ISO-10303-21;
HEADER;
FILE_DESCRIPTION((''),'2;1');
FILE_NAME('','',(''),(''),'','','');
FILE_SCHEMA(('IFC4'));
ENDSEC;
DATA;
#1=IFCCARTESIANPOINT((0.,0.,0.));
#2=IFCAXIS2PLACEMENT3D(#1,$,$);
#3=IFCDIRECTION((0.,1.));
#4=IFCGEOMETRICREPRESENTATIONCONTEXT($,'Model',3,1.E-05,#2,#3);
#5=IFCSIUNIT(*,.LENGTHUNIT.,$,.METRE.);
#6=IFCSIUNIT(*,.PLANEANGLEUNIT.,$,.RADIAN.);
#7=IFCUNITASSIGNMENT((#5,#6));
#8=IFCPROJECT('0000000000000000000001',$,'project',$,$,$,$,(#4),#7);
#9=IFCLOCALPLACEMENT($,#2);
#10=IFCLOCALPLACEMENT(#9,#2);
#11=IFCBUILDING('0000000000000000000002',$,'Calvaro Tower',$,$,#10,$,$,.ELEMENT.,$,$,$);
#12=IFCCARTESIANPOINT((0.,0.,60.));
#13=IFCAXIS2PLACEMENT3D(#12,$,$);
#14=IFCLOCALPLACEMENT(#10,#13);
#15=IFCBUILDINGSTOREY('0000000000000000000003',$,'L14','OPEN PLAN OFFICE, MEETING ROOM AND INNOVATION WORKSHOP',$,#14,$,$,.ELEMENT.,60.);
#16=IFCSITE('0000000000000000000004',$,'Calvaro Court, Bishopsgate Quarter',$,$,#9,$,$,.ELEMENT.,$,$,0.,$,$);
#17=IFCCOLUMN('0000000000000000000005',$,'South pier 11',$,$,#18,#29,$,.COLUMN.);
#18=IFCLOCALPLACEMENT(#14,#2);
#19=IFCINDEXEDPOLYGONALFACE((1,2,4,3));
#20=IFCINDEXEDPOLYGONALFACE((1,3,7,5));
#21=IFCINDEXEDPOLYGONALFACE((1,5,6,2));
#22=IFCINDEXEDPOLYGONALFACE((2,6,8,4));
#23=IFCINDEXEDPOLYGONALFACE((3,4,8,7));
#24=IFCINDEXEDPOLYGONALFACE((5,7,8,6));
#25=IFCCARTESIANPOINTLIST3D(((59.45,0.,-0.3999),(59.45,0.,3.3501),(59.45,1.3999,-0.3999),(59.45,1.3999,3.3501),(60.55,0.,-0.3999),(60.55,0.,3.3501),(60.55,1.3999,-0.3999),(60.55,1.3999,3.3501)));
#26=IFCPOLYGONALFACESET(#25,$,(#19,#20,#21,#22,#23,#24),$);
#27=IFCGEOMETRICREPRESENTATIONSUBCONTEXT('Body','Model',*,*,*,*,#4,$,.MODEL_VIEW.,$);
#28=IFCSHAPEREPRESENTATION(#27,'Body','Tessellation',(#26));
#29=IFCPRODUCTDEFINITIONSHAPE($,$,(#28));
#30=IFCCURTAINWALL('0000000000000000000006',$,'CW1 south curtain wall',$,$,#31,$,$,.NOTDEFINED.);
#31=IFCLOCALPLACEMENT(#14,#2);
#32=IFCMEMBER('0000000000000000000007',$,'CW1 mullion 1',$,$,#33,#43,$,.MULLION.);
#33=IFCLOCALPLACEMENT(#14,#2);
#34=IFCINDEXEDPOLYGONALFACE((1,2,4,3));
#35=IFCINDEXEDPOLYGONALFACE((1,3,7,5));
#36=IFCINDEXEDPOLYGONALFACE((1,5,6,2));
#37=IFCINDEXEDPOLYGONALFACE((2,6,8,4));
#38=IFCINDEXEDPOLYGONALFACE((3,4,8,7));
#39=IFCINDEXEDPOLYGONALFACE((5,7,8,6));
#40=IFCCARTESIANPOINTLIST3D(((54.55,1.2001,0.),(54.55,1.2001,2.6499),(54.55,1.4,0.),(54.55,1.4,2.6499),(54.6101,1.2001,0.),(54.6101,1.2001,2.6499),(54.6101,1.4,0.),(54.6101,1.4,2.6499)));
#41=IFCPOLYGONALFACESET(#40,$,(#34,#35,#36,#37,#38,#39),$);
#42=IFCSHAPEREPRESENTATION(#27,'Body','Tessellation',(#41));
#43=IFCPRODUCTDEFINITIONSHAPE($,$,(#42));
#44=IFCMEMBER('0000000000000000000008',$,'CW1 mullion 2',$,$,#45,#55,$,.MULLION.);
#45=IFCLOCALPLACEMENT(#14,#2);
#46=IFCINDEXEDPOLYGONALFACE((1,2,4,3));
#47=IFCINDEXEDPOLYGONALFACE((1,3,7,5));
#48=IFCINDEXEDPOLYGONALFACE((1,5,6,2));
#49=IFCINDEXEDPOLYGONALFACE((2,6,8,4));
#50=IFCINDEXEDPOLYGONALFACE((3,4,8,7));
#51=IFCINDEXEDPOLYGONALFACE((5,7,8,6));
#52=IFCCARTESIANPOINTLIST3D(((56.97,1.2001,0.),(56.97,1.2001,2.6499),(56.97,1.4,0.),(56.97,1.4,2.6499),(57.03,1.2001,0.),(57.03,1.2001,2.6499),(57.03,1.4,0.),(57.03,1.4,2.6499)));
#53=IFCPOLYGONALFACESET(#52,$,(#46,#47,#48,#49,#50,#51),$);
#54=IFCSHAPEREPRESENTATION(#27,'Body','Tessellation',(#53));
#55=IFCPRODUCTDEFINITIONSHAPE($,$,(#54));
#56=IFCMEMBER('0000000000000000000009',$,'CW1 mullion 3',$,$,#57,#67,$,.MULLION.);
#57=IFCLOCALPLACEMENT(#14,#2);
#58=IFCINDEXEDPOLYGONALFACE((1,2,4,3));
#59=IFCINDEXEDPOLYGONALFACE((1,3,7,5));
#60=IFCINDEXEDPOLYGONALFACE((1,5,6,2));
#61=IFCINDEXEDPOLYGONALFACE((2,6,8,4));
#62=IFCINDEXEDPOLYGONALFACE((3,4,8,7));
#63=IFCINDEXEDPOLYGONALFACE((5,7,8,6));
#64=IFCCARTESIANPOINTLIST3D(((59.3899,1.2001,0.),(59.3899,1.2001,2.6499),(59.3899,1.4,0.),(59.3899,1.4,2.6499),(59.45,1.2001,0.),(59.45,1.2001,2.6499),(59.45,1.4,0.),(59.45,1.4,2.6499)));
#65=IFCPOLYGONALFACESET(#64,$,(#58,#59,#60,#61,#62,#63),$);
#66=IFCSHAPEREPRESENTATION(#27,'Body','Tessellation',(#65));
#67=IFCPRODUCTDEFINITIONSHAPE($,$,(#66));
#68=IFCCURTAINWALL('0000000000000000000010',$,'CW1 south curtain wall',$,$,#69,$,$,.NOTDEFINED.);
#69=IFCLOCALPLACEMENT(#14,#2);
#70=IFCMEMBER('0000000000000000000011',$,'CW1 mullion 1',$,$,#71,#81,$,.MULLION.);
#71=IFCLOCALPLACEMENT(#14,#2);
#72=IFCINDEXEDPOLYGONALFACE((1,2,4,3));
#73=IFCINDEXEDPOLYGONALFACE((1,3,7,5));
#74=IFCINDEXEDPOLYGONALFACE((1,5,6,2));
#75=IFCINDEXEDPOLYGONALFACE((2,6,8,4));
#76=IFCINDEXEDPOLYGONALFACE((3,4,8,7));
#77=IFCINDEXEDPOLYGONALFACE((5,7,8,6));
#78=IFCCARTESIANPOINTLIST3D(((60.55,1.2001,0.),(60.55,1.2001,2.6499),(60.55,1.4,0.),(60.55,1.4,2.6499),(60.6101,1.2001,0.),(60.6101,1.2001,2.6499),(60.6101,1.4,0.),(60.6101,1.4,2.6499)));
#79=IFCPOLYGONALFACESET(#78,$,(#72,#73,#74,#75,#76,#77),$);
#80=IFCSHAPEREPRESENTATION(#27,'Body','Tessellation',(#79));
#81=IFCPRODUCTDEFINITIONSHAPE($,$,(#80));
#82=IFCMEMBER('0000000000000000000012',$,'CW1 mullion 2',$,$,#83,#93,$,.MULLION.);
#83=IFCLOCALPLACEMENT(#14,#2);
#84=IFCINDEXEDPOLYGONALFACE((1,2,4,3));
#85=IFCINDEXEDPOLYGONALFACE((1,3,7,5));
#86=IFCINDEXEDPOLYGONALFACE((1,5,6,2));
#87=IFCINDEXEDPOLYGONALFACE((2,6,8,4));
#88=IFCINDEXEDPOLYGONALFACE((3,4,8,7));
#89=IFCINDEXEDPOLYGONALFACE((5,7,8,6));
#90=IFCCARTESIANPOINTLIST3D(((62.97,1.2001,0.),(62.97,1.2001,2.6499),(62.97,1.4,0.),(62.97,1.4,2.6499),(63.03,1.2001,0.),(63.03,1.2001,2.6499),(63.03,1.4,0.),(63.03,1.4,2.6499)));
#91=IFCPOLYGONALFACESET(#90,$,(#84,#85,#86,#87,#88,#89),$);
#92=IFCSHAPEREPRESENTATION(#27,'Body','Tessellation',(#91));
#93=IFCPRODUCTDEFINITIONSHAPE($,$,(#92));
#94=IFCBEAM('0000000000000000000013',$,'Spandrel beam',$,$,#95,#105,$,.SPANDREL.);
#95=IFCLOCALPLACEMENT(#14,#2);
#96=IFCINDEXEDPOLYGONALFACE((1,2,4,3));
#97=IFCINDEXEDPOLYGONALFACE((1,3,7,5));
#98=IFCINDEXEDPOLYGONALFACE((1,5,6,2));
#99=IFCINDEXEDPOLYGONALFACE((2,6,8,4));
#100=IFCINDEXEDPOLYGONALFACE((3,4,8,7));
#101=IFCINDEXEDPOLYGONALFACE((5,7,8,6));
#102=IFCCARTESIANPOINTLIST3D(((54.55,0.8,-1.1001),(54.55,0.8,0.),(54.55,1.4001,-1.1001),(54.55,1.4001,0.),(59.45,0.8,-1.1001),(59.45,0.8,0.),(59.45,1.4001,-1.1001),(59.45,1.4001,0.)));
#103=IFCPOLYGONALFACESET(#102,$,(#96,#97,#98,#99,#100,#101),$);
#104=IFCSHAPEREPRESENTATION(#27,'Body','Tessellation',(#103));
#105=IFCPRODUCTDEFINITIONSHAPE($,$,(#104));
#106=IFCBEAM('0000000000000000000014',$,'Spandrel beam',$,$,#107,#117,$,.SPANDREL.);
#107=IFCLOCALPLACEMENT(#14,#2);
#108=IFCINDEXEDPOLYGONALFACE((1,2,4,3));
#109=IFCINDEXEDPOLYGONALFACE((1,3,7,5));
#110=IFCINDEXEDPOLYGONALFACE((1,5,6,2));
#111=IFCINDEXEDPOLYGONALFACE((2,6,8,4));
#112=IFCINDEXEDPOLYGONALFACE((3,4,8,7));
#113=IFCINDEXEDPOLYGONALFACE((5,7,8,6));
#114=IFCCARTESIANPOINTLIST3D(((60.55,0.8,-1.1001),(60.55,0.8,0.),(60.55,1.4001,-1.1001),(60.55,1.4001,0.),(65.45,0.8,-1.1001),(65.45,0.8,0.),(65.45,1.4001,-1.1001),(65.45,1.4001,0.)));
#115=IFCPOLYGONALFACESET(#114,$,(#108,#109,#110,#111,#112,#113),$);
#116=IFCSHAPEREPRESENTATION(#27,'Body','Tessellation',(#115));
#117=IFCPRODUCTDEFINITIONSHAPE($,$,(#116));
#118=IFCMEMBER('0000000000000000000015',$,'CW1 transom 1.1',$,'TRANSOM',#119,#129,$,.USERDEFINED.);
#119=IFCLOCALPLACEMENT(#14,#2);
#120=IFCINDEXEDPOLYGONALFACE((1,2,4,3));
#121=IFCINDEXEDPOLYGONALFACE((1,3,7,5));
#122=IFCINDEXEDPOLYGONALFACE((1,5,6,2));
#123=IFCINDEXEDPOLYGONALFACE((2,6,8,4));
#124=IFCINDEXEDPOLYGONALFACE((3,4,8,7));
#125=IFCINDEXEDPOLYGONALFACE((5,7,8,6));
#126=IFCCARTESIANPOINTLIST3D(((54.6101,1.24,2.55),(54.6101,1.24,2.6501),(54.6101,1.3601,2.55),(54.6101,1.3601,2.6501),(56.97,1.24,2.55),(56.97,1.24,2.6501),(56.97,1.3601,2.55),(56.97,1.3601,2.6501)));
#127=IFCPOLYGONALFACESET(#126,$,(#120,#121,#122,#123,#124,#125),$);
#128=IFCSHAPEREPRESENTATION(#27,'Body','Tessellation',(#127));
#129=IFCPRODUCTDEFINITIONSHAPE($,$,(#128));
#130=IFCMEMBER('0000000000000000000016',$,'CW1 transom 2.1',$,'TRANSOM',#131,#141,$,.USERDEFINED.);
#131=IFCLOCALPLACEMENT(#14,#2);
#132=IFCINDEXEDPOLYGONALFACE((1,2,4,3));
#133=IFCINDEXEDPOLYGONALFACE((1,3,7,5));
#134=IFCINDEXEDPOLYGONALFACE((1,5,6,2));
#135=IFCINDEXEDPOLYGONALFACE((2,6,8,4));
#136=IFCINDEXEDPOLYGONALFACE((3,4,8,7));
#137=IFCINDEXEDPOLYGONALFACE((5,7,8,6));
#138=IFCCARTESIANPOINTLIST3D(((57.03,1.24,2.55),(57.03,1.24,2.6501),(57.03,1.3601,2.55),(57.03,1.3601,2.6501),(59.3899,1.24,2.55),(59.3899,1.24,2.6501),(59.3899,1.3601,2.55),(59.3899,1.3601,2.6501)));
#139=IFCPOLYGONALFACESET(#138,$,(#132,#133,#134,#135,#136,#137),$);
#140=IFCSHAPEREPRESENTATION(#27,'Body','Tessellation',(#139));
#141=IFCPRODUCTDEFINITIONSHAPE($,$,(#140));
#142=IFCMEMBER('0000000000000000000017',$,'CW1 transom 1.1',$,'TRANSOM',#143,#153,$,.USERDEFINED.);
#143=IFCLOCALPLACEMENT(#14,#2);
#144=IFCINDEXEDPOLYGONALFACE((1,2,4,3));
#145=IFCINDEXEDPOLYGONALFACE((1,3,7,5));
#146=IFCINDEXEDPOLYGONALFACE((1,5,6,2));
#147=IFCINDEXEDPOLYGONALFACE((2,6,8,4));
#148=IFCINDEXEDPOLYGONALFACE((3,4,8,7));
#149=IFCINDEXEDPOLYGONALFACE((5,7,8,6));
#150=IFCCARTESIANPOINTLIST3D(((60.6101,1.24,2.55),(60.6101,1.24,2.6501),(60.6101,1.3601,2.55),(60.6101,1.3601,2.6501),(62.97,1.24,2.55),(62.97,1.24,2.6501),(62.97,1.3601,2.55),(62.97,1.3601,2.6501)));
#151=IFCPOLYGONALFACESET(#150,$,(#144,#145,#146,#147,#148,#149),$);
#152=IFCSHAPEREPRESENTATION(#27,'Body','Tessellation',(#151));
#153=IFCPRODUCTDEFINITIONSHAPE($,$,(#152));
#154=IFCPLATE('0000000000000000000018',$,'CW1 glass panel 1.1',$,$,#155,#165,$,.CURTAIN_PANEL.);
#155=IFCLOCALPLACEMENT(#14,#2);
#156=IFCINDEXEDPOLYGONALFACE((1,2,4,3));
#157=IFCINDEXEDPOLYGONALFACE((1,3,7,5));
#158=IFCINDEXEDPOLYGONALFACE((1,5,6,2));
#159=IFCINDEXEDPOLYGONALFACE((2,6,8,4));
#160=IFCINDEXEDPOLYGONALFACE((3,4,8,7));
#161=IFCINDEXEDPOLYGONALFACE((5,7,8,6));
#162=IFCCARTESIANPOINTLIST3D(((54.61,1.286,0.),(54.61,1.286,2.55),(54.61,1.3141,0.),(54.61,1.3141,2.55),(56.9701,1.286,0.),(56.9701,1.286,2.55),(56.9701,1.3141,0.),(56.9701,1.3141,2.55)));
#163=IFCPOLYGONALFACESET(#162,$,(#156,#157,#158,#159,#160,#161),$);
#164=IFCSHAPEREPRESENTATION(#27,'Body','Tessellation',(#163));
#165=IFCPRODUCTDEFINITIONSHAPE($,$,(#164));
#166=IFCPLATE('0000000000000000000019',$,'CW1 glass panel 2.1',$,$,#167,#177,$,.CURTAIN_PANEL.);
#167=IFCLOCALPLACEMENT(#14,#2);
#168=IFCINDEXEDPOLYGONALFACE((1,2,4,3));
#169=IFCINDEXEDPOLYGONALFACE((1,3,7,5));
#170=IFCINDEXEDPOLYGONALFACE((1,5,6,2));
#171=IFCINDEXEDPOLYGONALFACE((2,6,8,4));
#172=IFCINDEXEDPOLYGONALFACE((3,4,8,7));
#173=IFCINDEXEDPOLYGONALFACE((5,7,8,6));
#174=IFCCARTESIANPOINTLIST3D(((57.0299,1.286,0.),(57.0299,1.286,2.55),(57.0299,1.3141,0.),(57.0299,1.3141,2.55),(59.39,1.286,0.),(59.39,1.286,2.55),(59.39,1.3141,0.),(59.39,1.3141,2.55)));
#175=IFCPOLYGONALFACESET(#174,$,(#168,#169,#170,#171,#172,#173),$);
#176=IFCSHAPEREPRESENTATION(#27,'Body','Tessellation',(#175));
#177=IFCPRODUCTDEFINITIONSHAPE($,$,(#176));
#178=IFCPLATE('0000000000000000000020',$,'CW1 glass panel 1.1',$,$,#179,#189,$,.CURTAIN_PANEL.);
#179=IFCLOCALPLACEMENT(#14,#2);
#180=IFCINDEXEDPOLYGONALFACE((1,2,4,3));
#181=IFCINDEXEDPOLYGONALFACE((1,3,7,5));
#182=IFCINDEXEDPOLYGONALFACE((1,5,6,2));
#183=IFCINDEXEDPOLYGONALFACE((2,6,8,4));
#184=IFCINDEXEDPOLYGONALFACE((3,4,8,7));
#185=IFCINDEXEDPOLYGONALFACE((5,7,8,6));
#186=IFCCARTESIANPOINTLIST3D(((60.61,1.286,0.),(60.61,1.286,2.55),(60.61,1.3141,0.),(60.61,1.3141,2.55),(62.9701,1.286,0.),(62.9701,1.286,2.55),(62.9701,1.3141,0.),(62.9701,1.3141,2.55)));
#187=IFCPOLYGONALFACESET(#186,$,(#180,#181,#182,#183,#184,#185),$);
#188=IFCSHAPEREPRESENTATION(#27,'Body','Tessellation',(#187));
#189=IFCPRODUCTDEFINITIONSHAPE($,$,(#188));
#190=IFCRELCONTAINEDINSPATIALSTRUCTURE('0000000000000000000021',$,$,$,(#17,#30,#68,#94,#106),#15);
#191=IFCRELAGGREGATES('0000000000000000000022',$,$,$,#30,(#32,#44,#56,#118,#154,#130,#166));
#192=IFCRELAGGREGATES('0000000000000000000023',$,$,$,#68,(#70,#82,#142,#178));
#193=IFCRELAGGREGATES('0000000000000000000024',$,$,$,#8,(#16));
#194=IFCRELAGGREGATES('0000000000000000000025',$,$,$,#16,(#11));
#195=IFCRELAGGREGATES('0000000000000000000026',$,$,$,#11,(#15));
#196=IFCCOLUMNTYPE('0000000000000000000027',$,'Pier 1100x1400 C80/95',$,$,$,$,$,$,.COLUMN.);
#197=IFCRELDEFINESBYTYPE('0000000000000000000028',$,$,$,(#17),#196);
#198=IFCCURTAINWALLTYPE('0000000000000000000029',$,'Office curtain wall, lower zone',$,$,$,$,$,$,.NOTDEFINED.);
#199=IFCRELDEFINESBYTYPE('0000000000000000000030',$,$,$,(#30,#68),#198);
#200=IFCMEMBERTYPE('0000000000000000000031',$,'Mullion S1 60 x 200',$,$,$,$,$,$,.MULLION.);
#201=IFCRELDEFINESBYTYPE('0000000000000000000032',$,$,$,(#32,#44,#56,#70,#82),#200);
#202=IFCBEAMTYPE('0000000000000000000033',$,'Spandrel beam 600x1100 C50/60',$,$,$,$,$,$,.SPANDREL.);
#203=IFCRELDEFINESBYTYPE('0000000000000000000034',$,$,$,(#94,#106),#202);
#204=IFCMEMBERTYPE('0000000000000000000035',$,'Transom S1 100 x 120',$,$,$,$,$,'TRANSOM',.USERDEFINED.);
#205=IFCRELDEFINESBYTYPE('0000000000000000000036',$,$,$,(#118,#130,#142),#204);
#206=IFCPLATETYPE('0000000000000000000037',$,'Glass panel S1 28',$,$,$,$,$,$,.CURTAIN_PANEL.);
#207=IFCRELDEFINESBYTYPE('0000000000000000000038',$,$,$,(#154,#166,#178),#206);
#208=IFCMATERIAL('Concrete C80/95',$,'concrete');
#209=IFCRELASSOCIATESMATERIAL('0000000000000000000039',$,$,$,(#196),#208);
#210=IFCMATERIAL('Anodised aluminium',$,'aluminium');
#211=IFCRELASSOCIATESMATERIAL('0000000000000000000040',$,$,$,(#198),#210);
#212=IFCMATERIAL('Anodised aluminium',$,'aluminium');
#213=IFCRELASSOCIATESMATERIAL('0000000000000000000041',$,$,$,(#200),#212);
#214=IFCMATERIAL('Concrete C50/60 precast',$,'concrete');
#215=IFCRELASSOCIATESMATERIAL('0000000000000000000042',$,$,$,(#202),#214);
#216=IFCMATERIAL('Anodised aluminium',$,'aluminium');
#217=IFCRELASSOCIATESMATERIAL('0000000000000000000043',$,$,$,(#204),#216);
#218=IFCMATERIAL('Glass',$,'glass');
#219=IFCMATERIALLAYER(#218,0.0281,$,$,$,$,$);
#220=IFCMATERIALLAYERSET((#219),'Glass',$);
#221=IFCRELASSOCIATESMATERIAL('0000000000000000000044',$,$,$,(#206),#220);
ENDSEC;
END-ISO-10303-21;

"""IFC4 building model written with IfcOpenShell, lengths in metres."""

from ifc_helpers import new_model, si_unit, direction, frame, origin, origin_2d, place, context, subcontext, project, spatial, rectangle, extrude, material, layer, layer_set, material_profile, profile_set, type_object, element, aggregate, save


model = new_model("IFC4")

# Units and contexts
model_context = context("Model", 3, precision=1e-05, world=origin(), true_north=direction((0.0, 1.0)))
body_context = subcontext(model_context, "Body", "Model", "MODEL_VIEW")
ifc_project = project(units=[si_unit("LENGTHUNIT", "METRE"), si_unit("PLANEANGLEUNIT", "RADIAN")], contexts=[model_context])

# Site, building, storey
site_placement = place(None, origin())
site = spatial("IfcSite", under=ifc_project, at=site_placement, Name="Calvaro Court, Bishopsgate Quarter", CompositionType="ELEMENT", RefElevation=0.0)
building_placement = place(site_placement, origin())
building = spatial("IfcBuilding", under=site, at=building_placement, Name="Calvaro Tower", CompositionType="ELEMENT")
storey_placement = place(building_placement, frame((0.0, 0.0, 60.0)))
storey = spatial("IfcBuildingStorey", under=building, at=storey_placement, Name="L14", Description="OPEN PLAN OFFICE, MEETING ROOM AND INNOVATION WORKSHOP", CompositionType="ELEMENT", Elevation=60.0)

# Column
ifc_material_1 = material(Name="Concrete C80/95", Category="concrete")
ifc_material_profile_1 = material_profile(ifc_material_1, rectangle(XDim=1.1001, YDim=1.3999, at=origin_2d()), Name="RC 1100x1400")
ifc_profile_set_1 = profile_set([ifc_material_profile_1], Name="Concrete C80/95")
column_type = type_object("IfcColumnType", Name="Pier 1100x1400 C80/95", PredefinedType="COLUMN", material=ifc_profile_set_1)
column_placement = place(storey_placement, frame((60.0, 0.7, -0.3999), z_axis=(0.0, 0.0, 1.0), x_axis=(1.0, 0.0, 0.0)))
element("IfcColumn", 1, at=column_placement, inside=storey, type_object=column_type, Name="South pier 11", PredefinedType="COLUMN", context=body_context, shape_type="SweptSolid", body=[
    extrude(rectangle(XDim=1.1001, YDim=1.3999, at=origin_2d()), origin(), (0.0, 0.0, 1.0), 3.75),
])

# Curtain walls, members
ifc_material_2 = material(Name="Anodised aluminium", Category="aluminium")
curtain_wall_type = type_object("IfcCurtainWallType", Name="Office curtain wall, lower zone", PredefinedType="NOTDEFINED", material=ifc_material_2)
curtain_wall_1_placement = place(storey_placement, origin())
curtain_wall_1 = element("IfcCurtainWall", 2, at=curtain_wall_1_placement, inside=storey, type_object=curtain_wall_type, Name="CW1 south curtain wall", PredefinedType="NOTDEFINED")
ifc_material_3 = material(Name="Anodised aluminium", Category="aluminium")
ifc_material_profile_2 = material_profile(ifc_material_3, rectangle(XDim=0.2, YDim=0.0601, at=origin_2d()), Name="Mullion S1 60 x 200")
ifc_profile_set_2 = profile_set([ifc_material_profile_2], Name="Anodised aluminium")
member_type_1 = type_object("IfcMemberType", Name="Mullion S1 60 x 200", PredefinedType="MULLION", material=ifc_profile_set_2)
member_1_placement = place(storey_placement, frame((54.5801, 1.3, 0.0), z_axis=(0.0, 0.0, 1.0), x_axis=(0.0, 1.0, 0.0)))
member_1 = element("IfcMember", 3, at=member_1_placement, type_object=member_type_1, Name="CW1 mullion 1", PredefinedType="MULLION", context=body_context, shape_type="SweptSolid", body=[
    extrude(rectangle(XDim=0.2, YDim=0.0601, at=origin_2d()), origin(), (0.0, 0.0, 1.0), 2.6499),
])
member_2_placement = place(storey_placement, frame((57.0, 1.3, 0.0), z_axis=(0.0, 0.0, 1.0), x_axis=(0.0, 1.0, 0.0)))
member_2 = element("IfcMember", 4, at=member_2_placement, type_object=member_type_1, Name="CW1 mullion 2", PredefinedType="MULLION", context=body_context, shape_type="SweptSolid", body=[
    extrude(rectangle(XDim=0.2, YDim=0.0601, at=origin_2d()), origin(), (0.0, 0.0, 1.0), 2.6499),
])
member_3_placement = place(storey_placement, frame((59.4199, 1.3, 0.0), z_axis=(0.0, 0.0, 1.0), x_axis=(0.0, 1.0, 0.0)))
member_3 = element("IfcMember", 5, at=member_3_placement, type_object=member_type_1, Name="CW1 mullion 3", PredefinedType="MULLION", context=body_context, shape_type="SweptSolid", body=[
    extrude(rectangle(XDim=0.2, YDim=0.0601, at=origin_2d()), origin(), (0.0, 0.0, 1.0), 2.6499),
])
curtain_wall_2_placement = place(storey_placement, origin())
curtain_wall_2 = element("IfcCurtainWall", 6, at=curtain_wall_2_placement, inside=storey, type_object=curtain_wall_type, Name="CW1 south curtain wall", PredefinedType="NOTDEFINED")
member_4_placement = place(storey_placement, frame((60.5801, 1.3, 0.0), z_axis=(0.0, 0.0, 1.0), x_axis=(0.0, 1.0, 0.0)))
member_4 = element("IfcMember", 7, at=member_4_placement, type_object=member_type_1, Name="CW1 mullion 1", PredefinedType="MULLION", context=body_context, shape_type="SweptSolid", body=[
    extrude(rectangle(XDim=0.2, YDim=0.0601, at=origin_2d()), origin(), (0.0, 0.0, 1.0), 2.6499),
])
member_5_placement = place(storey_placement, frame((63.0, 1.3, 0.0), z_axis=(0.0, 0.0, 1.0), x_axis=(0.0, 1.0, 0.0)))
member_5 = element("IfcMember", 8, at=member_5_placement, type_object=member_type_1, Name="CW1 mullion 2", PredefinedType="MULLION", context=body_context, shape_type="SweptSolid", body=[
    extrude(rectangle(XDim=0.2, YDim=0.0601, at=origin_2d()), origin(), (0.0, 0.0, 1.0), 2.6499),
])

# Beams
ifc_material_4 = material(Name="Concrete C50/60 precast", Category="concrete")
ifc_material_profile_3 = material_profile(ifc_material_4, rectangle(XDim=0.6001, YDim=1.1001, at=origin_2d()), Name="RC 600x1100")
ifc_profile_set_3 = profile_set([ifc_material_profile_3], Name="Concrete C50/60 precast")
beam_type = type_object("IfcBeamType", Name="Spandrel beam 600x1100 C50/60", PredefinedType="SPANDREL", material=ifc_profile_set_3)
for number, where, z_axis, x_axis, name in (
    (9, (54.55, 1.1001, -0.55), (1.0, 0.0, 0.0), (0.0, 1.0, 0.0), "Spandrel beam"),
    (10, (60.55, 1.1001, -0.55), (1.0, 0.0, 0.0), (0.0, 1.0, 0.0), "Spandrel beam"),
):
    element("IfcBeam", number, at=place(storey_placement, frame(where, z_axis=z_axis, x_axis=x_axis)), inside=storey, type_object=beam_type, Name=name, PredefinedType="SPANDREL", context=body_context, shape_type="SweptSolid", body=[
        extrude(rectangle(XDim=0.6001, YDim=1.1001, at=origin_2d()), origin(), (0.0, 0.0, 1.0), 4.8999),
    ])

# Members
ifc_material_5 = material(Name="Anodised aluminium", Category="aluminium")
ifc_material_profile_4 = material_profile(ifc_material_5, rectangle(XDim=0.1201, YDim=0.1001, at=origin_2d()), Name="Transom S1 100 x 120")
ifc_profile_set_4 = profile_set([ifc_material_profile_4], Name="Anodised aluminium")
member_type_2 = type_object("IfcMemberType", Name="Transom S1 100 x 120", ElementType="TRANSOM", PredefinedType="USERDEFINED", material=ifc_profile_set_4)
member_6_placement = place(storey_placement, frame((54.6101, 1.3, 2.6001), z_axis=(1.0, 0.0, 0.0), x_axis=(0.0, 1.0, 0.0)))
member_6 = element("IfcMember", 11, at=member_6_placement, type_object=member_type_2, Name="CW1 transom 1.1", ObjectType="TRANSOM", PredefinedType="USERDEFINED", context=body_context, shape_type="SweptSolid", body=[
    extrude(rectangle(XDim=0.1201, YDim=0.1001, at=origin_2d()), origin(), (0.0, 0.0, 1.0), 2.3599),
])
member_7_placement = place(storey_placement, frame((57.03, 1.3, 2.6001), z_axis=(1.0, 0.0, 0.0), x_axis=(0.0, 1.0, 0.0)))
member_7 = element("IfcMember", 12, at=member_7_placement, type_object=member_type_2, Name="CW1 transom 2.1", ObjectType="TRANSOM", PredefinedType="USERDEFINED", context=body_context, shape_type="SweptSolid", body=[
    extrude(rectangle(XDim=0.1201, YDim=0.1001, at=origin_2d()), origin(), (0.0, 0.0, 1.0), 2.3599),
])
member_8_placement = place(storey_placement, frame((60.6101, 1.3, 2.6001), z_axis=(1.0, 0.0, 0.0), x_axis=(0.0, 1.0, 0.0)))
member_8 = element("IfcMember", 13, at=member_8_placement, type_object=member_type_2, Name="CW1 transom 1.1", ObjectType="TRANSOM", PredefinedType="USERDEFINED", context=body_context, shape_type="SweptSolid", body=[
    extrude(rectangle(XDim=0.1201, YDim=0.1001, at=origin_2d()), origin(), (0.0, 0.0, 1.0), 2.3599),
])

# Plates
ifc_material_6 = material(Name="Glass", Category="glass")
ifc_layer_1 = layer(ifc_material_6, 0.0281)
ifc_layer_set_1 = layer_set([ifc_layer_1], Name="Glass")
plate_type = type_object("IfcPlateType", Name="Glass panel S1 28", PredefinedType="CURTAIN_PANEL", material=ifc_layer_set_1)
plate_1_placement = place(storey_placement, frame((55.79, 1.3, 0.0), z_axis=(0.0, 0.0, 1.0), x_axis=(1.0, 0.0, 0.0)))
plate_1 = element("IfcPlate", 14, at=plate_1_placement, type_object=plate_type, Name="CW1 glass panel 1.1", PredefinedType="CURTAIN_PANEL", context=body_context, shape_type="SweptSolid", body=[
    extrude(rectangle(XDim=2.3601, YDim=0.0281, at=origin_2d()), origin(), (0.0, 0.0, 1.0), 2.55),
])
plate_2_placement = place(storey_placement, frame((58.21, 1.3, 0.0), z_axis=(0.0, 0.0, 1.0), x_axis=(1.0, 0.0, 0.0)))
plate_2 = element("IfcPlate", 15, at=plate_2_placement, type_object=plate_type, Name="CW1 glass panel 2.1", PredefinedType="CURTAIN_PANEL", context=body_context, shape_type="SweptSolid", body=[
    extrude(rectangle(XDim=2.3601, YDim=0.0281, at=origin_2d()), origin(), (0.0, 0.0, 1.0), 2.55),
])
aggregate(curtain_wall_1, [member_1, member_2, member_3, member_6, plate_1, member_7, plate_2])
plate_3_placement = place(storey_placement, frame((61.79, 1.3, 0.0), z_axis=(0.0, 0.0, 1.0), x_axis=(1.0, 0.0, 0.0)))
plate_3 = element("IfcPlate", 16, at=plate_3_placement, type_object=plate_type, Name="CW1 glass panel 1.1", PredefinedType="CURTAIN_PANEL", context=body_context, shape_type="SweptSolid", body=[
    extrude(rectangle(XDim=2.3601, YDim=0.0281, at=origin_2d()), origin(), (0.0, 0.0, 1.0), 2.55),
])
aggregate(curtain_wall_2, [member_4, member_5, member_8, plate_3])

save(model, "model.ifc")
